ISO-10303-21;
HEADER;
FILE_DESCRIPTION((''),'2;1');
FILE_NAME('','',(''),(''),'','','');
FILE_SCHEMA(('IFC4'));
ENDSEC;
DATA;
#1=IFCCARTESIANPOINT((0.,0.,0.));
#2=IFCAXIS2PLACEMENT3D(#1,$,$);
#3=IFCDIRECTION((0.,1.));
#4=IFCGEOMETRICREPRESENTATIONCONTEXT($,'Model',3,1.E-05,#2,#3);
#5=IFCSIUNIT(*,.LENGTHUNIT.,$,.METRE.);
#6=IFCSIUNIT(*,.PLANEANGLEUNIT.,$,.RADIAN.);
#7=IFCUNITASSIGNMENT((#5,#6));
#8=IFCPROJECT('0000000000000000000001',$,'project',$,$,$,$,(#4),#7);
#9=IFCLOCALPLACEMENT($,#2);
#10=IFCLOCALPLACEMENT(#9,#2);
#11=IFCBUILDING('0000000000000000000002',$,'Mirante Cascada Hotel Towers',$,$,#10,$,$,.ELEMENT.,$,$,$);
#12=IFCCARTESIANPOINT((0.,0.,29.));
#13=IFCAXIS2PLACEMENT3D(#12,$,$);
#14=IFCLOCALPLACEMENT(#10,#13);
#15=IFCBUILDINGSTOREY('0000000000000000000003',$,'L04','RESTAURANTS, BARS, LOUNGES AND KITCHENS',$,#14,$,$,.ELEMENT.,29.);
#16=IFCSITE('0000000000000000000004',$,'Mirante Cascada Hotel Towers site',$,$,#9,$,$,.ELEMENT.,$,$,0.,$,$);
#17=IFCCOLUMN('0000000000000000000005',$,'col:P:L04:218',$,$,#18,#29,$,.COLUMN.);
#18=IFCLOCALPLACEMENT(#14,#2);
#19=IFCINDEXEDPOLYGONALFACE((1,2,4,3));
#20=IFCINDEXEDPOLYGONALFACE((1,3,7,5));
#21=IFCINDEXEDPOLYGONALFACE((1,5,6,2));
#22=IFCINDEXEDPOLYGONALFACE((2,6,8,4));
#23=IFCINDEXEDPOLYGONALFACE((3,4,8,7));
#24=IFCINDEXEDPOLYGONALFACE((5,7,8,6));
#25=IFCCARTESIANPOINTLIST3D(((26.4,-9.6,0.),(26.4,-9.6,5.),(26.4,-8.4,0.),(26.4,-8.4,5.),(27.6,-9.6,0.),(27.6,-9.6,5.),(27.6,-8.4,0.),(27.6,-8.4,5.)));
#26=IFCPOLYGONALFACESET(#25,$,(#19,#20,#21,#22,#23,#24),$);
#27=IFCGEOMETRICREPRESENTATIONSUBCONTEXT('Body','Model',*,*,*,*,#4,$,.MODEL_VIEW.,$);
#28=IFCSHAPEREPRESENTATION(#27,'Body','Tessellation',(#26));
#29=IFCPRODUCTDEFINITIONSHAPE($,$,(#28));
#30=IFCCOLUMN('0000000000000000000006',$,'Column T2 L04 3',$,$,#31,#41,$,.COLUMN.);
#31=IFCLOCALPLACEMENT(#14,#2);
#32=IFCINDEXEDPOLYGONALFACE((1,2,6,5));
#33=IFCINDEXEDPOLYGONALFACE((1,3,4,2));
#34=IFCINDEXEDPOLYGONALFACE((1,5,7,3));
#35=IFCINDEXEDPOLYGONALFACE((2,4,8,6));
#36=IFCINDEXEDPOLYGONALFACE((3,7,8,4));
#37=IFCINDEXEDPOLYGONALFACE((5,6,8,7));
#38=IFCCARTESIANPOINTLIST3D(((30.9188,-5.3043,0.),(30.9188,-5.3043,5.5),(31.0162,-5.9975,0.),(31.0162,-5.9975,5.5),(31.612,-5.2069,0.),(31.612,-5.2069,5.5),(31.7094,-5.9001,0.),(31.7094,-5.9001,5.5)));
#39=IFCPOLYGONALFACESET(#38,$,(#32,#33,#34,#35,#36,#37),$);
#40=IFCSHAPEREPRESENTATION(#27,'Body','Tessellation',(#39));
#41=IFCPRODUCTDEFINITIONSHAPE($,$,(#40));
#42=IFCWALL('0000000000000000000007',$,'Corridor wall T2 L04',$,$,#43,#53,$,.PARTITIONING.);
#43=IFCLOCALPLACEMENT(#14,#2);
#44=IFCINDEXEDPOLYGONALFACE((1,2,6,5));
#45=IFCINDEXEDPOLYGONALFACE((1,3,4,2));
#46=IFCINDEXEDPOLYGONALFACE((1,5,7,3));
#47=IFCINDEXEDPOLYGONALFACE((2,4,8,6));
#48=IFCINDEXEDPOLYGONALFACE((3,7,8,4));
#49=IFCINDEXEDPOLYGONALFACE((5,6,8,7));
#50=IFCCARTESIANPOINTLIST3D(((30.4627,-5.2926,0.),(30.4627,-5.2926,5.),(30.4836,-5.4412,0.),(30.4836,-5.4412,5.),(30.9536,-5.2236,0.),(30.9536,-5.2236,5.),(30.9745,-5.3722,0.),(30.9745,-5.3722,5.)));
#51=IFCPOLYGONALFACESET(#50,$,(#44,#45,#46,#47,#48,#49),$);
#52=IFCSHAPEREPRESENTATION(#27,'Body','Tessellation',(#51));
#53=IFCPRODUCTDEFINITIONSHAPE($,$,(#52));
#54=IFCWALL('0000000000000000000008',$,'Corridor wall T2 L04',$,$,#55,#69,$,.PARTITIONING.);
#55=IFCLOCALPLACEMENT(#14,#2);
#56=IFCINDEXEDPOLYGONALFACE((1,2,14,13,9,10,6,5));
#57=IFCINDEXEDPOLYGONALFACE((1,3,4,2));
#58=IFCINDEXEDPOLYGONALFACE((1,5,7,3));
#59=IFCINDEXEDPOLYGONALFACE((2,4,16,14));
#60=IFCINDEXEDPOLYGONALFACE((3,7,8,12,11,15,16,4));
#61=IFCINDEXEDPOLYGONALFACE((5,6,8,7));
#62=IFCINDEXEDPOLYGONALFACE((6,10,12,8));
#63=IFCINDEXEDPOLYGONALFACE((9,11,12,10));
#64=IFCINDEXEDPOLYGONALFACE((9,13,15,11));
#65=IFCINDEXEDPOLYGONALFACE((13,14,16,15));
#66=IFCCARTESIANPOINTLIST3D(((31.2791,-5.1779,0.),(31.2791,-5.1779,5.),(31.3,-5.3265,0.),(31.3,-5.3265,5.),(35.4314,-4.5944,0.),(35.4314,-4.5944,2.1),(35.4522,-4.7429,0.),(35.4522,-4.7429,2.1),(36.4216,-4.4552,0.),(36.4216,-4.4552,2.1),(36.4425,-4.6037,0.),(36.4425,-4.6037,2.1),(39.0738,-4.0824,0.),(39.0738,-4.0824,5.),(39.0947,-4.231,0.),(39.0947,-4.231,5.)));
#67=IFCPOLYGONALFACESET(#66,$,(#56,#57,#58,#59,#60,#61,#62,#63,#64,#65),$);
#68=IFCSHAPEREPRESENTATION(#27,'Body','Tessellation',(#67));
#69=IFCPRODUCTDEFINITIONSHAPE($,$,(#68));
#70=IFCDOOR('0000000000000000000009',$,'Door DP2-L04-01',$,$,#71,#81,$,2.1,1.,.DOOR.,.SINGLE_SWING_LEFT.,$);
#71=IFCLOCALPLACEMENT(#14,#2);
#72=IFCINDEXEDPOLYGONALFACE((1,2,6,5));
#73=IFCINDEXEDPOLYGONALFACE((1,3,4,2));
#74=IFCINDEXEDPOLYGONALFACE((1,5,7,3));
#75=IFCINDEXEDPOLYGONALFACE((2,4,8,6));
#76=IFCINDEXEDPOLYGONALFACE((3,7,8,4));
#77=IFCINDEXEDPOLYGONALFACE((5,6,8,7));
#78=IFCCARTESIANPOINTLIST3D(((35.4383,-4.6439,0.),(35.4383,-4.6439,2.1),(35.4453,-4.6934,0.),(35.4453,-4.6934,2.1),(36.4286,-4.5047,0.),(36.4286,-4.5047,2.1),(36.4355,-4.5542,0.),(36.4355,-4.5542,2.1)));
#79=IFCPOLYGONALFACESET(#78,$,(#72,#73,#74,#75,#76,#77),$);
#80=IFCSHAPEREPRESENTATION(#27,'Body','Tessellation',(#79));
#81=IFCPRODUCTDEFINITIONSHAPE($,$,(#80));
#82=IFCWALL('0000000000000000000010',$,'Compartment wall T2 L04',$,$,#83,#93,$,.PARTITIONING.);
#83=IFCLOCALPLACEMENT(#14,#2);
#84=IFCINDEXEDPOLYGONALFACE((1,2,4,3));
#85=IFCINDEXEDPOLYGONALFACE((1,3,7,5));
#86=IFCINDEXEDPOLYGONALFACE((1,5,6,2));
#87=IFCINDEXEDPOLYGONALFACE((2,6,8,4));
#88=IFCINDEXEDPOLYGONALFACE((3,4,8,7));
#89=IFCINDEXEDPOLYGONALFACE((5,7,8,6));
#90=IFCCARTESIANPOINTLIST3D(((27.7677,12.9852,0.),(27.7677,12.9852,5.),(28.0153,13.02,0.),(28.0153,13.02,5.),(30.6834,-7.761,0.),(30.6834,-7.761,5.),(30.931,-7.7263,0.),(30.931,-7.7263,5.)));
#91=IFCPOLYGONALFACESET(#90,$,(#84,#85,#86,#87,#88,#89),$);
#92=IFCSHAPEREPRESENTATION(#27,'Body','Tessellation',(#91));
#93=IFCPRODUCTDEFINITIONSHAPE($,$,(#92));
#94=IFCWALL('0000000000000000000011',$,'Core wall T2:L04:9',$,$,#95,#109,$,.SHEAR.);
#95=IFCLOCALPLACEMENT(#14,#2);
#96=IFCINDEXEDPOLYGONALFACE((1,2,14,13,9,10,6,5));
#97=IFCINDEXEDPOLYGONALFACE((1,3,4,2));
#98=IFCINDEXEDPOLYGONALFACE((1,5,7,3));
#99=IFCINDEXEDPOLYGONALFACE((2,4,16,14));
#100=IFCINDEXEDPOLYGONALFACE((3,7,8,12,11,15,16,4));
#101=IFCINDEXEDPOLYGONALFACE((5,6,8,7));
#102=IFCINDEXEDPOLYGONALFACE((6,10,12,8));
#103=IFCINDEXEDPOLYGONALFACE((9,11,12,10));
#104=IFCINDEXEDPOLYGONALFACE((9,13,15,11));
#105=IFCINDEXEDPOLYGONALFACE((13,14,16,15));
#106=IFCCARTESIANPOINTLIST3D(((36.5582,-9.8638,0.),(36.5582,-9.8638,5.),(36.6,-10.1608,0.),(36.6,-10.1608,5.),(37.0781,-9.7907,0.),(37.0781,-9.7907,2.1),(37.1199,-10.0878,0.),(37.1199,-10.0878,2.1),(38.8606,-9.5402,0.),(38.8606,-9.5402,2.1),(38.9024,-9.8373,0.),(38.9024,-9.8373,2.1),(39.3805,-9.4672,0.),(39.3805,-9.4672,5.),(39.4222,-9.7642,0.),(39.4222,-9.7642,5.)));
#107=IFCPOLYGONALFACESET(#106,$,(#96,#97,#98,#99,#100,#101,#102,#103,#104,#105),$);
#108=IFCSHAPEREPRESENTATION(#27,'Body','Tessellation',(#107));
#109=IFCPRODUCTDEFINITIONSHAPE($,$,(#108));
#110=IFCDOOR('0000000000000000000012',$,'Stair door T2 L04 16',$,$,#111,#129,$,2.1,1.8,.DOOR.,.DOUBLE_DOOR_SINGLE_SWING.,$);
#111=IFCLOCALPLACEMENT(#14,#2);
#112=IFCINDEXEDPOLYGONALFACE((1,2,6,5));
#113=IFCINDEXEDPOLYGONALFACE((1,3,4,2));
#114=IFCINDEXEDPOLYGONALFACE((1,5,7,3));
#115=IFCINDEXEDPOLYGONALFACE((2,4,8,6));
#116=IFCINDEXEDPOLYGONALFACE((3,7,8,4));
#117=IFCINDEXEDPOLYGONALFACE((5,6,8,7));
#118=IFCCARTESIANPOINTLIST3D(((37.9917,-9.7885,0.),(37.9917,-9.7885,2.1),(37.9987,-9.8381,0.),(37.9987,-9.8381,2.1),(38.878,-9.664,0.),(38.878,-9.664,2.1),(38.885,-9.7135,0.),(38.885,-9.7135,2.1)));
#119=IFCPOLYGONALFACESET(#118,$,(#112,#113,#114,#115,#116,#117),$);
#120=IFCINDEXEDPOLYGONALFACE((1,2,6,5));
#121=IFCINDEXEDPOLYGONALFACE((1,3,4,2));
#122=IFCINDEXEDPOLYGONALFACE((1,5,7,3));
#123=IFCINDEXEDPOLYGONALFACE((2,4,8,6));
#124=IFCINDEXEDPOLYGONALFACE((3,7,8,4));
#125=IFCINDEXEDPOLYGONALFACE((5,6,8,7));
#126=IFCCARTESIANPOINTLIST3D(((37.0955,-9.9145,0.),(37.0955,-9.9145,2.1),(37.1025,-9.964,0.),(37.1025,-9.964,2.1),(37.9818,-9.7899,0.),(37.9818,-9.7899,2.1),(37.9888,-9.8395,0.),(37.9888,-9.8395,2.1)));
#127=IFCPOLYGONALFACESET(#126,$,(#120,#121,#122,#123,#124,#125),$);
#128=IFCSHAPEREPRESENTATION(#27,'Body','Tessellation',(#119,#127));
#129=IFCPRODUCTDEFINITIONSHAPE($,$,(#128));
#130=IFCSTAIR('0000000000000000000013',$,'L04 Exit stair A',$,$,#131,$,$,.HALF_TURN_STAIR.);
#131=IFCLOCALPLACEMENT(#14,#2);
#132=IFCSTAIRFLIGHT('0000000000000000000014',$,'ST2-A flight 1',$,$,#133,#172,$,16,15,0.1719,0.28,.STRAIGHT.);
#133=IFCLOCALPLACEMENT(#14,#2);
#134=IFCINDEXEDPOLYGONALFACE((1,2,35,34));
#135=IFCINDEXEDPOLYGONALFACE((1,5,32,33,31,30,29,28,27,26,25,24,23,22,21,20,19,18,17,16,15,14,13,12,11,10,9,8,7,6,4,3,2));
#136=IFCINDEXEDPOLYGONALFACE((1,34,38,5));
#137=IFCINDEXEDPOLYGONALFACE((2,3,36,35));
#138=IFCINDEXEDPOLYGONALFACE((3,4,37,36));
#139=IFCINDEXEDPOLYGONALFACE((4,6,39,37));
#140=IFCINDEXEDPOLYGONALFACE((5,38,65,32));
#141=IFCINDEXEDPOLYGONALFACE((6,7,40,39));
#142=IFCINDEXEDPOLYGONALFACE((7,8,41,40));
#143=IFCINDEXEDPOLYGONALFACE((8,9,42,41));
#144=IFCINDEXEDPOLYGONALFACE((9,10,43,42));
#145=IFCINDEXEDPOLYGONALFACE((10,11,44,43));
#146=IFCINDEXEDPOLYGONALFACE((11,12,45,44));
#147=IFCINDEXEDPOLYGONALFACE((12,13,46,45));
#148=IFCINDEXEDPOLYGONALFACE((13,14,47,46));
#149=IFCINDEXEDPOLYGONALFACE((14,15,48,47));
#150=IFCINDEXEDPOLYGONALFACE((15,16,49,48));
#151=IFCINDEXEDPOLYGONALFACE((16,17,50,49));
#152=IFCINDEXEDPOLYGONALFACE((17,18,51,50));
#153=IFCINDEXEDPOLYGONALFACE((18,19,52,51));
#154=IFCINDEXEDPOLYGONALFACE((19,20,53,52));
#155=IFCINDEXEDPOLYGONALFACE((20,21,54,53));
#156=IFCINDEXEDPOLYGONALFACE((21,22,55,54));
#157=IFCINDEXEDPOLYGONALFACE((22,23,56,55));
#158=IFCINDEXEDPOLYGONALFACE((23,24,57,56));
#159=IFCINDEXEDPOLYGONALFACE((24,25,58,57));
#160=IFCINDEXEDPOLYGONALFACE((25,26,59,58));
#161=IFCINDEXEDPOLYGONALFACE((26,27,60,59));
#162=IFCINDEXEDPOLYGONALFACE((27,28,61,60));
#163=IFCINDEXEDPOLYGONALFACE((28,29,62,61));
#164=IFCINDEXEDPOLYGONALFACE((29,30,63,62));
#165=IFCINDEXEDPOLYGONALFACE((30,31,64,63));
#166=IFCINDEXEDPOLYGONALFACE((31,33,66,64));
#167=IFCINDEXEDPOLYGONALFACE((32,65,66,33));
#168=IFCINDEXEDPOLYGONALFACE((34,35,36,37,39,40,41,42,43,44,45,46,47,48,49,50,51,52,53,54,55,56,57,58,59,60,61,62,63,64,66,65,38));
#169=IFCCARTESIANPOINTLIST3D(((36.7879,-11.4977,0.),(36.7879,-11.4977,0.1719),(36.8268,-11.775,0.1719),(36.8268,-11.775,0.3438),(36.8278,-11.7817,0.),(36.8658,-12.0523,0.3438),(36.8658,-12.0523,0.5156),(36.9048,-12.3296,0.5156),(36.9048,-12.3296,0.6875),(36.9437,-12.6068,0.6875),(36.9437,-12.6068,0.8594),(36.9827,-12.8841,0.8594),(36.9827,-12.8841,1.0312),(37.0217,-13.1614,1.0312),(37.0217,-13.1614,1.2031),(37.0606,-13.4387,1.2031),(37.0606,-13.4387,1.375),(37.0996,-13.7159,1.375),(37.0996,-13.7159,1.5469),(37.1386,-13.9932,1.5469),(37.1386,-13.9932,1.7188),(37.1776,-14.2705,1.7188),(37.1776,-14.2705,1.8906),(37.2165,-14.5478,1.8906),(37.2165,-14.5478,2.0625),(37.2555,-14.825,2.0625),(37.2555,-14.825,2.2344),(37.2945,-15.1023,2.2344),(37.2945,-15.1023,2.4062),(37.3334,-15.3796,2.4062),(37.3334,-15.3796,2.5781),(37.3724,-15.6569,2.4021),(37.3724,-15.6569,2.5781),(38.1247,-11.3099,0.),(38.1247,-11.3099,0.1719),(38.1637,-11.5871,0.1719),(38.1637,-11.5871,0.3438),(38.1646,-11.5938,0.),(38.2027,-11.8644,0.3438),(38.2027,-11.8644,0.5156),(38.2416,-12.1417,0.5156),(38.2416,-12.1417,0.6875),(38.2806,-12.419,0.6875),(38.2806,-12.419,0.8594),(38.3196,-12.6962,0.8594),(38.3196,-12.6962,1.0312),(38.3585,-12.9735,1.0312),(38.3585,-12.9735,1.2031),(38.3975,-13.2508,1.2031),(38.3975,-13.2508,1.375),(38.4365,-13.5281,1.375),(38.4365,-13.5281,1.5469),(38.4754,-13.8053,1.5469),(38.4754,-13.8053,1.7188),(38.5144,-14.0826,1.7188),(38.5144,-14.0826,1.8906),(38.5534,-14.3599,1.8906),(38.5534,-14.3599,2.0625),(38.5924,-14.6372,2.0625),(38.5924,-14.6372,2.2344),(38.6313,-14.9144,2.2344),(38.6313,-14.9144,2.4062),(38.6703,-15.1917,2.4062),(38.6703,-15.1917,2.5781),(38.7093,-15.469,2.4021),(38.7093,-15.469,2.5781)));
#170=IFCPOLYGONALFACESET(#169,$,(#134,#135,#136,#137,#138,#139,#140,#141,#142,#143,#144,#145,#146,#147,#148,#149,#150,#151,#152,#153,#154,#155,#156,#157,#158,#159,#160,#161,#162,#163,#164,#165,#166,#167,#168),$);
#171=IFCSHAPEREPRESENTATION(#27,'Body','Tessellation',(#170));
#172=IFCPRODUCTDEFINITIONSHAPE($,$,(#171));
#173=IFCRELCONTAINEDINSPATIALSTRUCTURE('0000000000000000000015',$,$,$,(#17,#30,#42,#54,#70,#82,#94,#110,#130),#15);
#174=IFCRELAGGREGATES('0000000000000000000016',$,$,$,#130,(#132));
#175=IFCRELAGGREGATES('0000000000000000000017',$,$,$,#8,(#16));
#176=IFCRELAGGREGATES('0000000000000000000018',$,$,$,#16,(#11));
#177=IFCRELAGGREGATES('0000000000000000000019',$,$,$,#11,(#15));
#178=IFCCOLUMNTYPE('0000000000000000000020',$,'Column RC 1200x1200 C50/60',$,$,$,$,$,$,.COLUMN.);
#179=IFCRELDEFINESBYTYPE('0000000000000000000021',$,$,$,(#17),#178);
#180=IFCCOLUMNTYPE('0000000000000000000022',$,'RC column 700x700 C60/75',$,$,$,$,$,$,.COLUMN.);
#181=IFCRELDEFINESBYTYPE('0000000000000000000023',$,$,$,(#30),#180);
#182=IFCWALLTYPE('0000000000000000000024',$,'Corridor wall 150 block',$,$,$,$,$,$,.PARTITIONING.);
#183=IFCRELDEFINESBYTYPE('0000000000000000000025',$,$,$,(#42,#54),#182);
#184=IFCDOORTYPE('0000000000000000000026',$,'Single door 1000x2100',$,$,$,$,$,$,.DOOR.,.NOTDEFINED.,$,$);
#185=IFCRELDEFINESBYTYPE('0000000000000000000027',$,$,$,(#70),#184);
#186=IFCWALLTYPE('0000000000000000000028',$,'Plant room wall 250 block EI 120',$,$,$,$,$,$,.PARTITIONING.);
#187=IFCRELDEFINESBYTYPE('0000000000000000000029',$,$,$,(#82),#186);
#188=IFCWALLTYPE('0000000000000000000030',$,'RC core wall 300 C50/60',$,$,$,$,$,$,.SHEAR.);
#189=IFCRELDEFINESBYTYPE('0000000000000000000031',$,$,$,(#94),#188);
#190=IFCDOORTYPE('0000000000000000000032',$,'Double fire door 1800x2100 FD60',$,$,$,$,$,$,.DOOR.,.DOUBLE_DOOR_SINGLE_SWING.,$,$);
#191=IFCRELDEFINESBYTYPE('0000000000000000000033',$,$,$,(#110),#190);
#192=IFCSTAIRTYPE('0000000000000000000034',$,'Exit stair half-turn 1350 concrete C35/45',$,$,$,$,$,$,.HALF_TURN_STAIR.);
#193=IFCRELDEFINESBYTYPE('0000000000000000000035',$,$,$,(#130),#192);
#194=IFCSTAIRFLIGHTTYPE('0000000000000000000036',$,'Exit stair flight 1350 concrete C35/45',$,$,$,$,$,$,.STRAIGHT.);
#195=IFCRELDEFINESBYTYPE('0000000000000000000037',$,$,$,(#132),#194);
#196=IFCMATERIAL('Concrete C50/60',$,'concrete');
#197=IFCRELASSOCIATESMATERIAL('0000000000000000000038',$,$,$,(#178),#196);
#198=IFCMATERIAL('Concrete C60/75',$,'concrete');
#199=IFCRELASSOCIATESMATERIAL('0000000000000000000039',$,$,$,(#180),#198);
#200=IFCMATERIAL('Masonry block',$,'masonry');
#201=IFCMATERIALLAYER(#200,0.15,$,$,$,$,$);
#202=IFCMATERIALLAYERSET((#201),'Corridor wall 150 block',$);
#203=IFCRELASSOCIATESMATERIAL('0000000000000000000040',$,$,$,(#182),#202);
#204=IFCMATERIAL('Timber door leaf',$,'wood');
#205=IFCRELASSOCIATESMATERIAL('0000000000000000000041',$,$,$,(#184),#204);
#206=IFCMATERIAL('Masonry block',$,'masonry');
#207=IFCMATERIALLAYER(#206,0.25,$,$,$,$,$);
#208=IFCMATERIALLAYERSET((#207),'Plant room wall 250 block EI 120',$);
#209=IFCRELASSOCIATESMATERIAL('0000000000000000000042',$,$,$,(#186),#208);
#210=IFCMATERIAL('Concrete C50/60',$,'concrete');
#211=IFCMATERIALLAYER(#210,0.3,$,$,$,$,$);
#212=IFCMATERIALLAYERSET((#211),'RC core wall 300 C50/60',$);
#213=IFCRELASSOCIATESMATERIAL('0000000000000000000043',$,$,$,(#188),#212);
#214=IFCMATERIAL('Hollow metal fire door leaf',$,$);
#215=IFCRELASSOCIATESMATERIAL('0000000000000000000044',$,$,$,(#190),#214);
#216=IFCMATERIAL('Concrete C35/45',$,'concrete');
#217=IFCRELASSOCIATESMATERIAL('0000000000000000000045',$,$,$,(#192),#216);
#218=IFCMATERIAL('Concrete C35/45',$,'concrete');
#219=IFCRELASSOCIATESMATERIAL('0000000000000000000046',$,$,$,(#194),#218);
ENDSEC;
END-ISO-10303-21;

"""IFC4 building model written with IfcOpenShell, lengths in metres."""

from ifc_helpers import new_model, si_unit, direction, frame, frame_2d, origin, origin_2d, place, context, subcontext, project, spatial, polyline, rectangle, outline, extrude, material, layer, layer_set, material_profile, profile_set, type_object, element, fill, aggregate, save


model = new_model("IFC4")

# Units and contexts
model_context = context("Model", 3, precision=1e-05, world=origin(), true_north=direction((0.0, 1.0)))
body_context = subcontext(model_context, "Body", "Model", "MODEL_VIEW")
ifc_project = project(units=[si_unit("LENGTHUNIT", "METRE"), si_unit("PLANEANGLEUNIT", "RADIAN")], contexts=[model_context])

# Site, building, storey
site_placement = place(None, origin())
site = spatial("IfcSite", under=ifc_project, at=site_placement, Name="Mirante Cascada Hotel Towers site", CompositionType="ELEMENT", RefElevation=0.0)
building_placement = place(site_placement, origin())
building = spatial("IfcBuilding", under=site, at=building_placement, Name="Mirante Cascada Hotel Towers", CompositionType="ELEMENT")
storey_placement = place(building_placement, frame((0.0, 0.0, 29.0)))
storey = spatial("IfcBuildingStorey", under=building, at=storey_placement, Name="L04", Description="RESTAURANTS, BARS, LOUNGES AND KITCHENS", CompositionType="ELEMENT", Elevation=29.0)

# Columns
ifc_material_1 = material(Name="Concrete C50/60", Category="concrete")
ifc_material_profile_1 = material_profile(ifc_material_1, rectangle(XDim=1.2, YDim=1.2, at=origin_2d()), Name="RC 1200x1200")
ifc_profile_set_1 = profile_set([ifc_material_profile_1], Name="Concrete C50/60")
column_type_1 = type_object("IfcColumnType", Name="Column RC 1200x1200 C50/60", PredefinedType="COLUMN", material=ifc_profile_set_1)
column_1_placement = place(storey_placement, frame((27.0, -9.0, 0.0), z_axis=(0.0, 0.0, 1.0), x_axis=(1.0, 0.0, 0.0)))
element("IfcColumn", 1, at=column_1_placement, inside=storey, type_object=column_type_1, Name="col:P:L04:218", PredefinedType="COLUMN", context=body_context, shape_type="SweptSolid", body=[
    extrude(rectangle(XDim=1.2, YDim=1.2, at=origin_2d()), origin(), (0.0, 0.0, 1.0), 5.0),
])
ifc_material_2 = material(Name="Concrete C60/75", Category="concrete")
ifc_material_profile_2 = material_profile(ifc_material_2, rectangle(XDim=0.7, YDim=0.7, at=origin_2d()), Name="RC column 700x700 C60/75")
ifc_profile_set_2 = profile_set([ifc_material_profile_2], Name="Concrete C60/75")
column_type_2 = type_object("IfcColumnType", Name="RC column 700x700 C60/75", PredefinedType="COLUMN", material=ifc_profile_set_2)
column_2_placement = place(storey_placement, frame((31.3141, -5.6022, 0.0), z_axis=(0.0, 0.0, 1.0), x_axis=(0.990268, 0.139173, 0.0)))
element("IfcColumn", 2, at=column_2_placement, inside=storey, type_object=column_type_2, Name="Column T2 L04 3", PredefinedType="COLUMN", context=body_context, shape_type="SweptSolid", body=[
    extrude(rectangle(XDim=0.7, YDim=0.7, at=origin_2d()), origin(), (0.0, 0.0, 1.0), 5.5),
])

# Wall
ifc_material_3 = material(Name="Masonry block", Category="masonry")
ifc_layer_1 = layer(ifc_material_3, 0.15)
ifc_layer_set_1 = layer_set([ifc_layer_1], Name="Corridor wall 150 block")
wall_type_1 = type_object("IfcWallType", Name="Corridor wall 150 block", PredefinedType="PARTITIONING", material=ifc_layer_set_1)
wall_1_placement = place(storey_placement, frame((30.4732, -5.3669, 0.0), z_axis=(0.0, 0.0, 1.0), x_axis=(0.990266, 0.13919, 0.0)))
element("IfcWall", 3, at=wall_1_placement, inside=storey, type_object=wall_type_1, Name="Corridor wall T2 L04", PredefinedType="PARTITIONING", context=body_context, shape_type="SweptSolid", body=[
    extrude(rectangle(XDim=0.4957, YDim=0.15, at=frame_2d((0.2478, 0.0))), origin(), (0.0, 0.0, 1.0), 5.0),
])

# Wall, opening, door
wall_2_placement = place(storey_placement, frame((31.2896, -5.2522, 0.0), z_axis=(0.0, 0.0, 1.0), x_axis=(0.990268, 0.139176, 0.0)))
wall_2 = element("IfcWall", 4, at=wall_2_placement, inside=storey, type_object=wall_type_1, Name="Corridor wall T2 L04", PredefinedType="PARTITIONING", context=body_context, shape_type="SweptSolid", body=[
    extrude(rectangle(XDim=7.8713, YDim=0.15, at=frame_2d((3.9356, 0.0))), origin(), (0.0, 0.0, 1.0), 5.0),
])
opening_1_placement = place(wall_2_placement, frame((4.193, 0.0, 0.0)))
opening_1 = element("IfcOpeningElement", 5, at=opening_1_placement, cuts=wall_2, PredefinedType="OPENING", context=body_context, shape_type="SweptSolid", body=[
    extrude(rectangle(XDim=1.0, YDim=2.1, at=frame_2d((0.5, 1.05))), frame((0.0, 0.075, 0.0), z_axis=(0.0, -1.0, 0.0), x_axis=(1.0, 0.0, 0.0)), (0.0, 0.0, 1.0), 0.15),
])
ifc_material_4 = material(Name="Timber door leaf", Category="wood")
door_type_1 = type_object("IfcDoorType", Name="Single door 1000x2100", OperationType="NOTDEFINED", PredefinedType="DOOR", material=ifc_material_4)
door_1_placement = place(opening_1_placement, frame((1.0, 0.0, 0.0), z_axis=(0.0, 0.0, 1.0), x_axis=(-1.0, 0.0, 0.0)))
door_1 = element("IfcDoor", 6, at=door_1_placement, inside=storey, type_object=door_type_1, Name="Door DP2-L04-01", OperationType="SINGLE_SWING_LEFT", OverallHeight=2.1, OverallWidth=1.0, PredefinedType="DOOR", context=body_context, shape_type="SweptSolid", body=[
    extrude(rectangle(XDim=1.0, YDim=2.1, at=frame_2d((0.5, 1.05))), frame((0.0, 0.025, 0.0), z_axis=(0.0, -1.0, 0.0), x_axis=(1.0, 0.0, 0.0)), (0.0, 0.0, 1.0), 0.05),
])
fill(opening_1, door_1)

# Wall
ifc_material_5 = material(Name="Masonry block", Category="masonry")
ifc_layer_2 = layer(ifc_material_5, 0.25)
ifc_layer_set_2 = layer_set([ifc_layer_2], Name="Plant room wall 250 block EI 120")
wall_type_2 = type_object("IfcWallType", Name="Plant room wall 250 block EI 120", PredefinedType="PARTITIONING", material=ifc_layer_set_2)
wall_3_placement = place(storey_placement, frame((30.8072, -7.7436, 0.0), z_axis=(0.0, 0.0, 1.0), x_axis=(-0.139174, 0.990268, 0.0)))
element("IfcWall", 7, at=wall_3_placement, inside=storey, type_object=wall_type_2, Name="Compartment wall T2 L04", PredefinedType="PARTITIONING", context=body_context, shape_type="SweptSolid", body=[
    extrude(rectangle(XDim=20.9501, YDim=0.25, at=frame_2d((10.475, 0.0))), origin(), (0.0, 0.0, 1.0), 5.0),
])

# Wall, opening, door
ifc_material_6 = material(Name="Concrete C50/60", Category="concrete")
ifc_layer_3 = layer(ifc_material_6, 0.3)
ifc_layer_set_3 = layer_set([ifc_layer_3], Name="RC core wall 300 C50/60")
wall_type_3 = type_object("IfcWallType", Name="RC core wall 300 C50/60", PredefinedType="SHEAR", material=ifc_layer_set_3)
wall_4_placement = place(storey_placement, frame((36.5791, -10.0123, 0.0), z_axis=(0.0, 0.0, 1.0), x_axis=(0.99027, 0.139156, 0.0)))
wall_4 = element("IfcWall", 8, at=wall_4_placement, inside=storey, type_object=wall_type_3, Name="Core wall T2:L04:9", PredefinedType="SHEAR", context=body_context, shape_type="SweptSolid", body=[
    extrude(rectangle(XDim=2.85, YDim=0.3, at=frame_2d((1.425, 0.0))), origin(), (0.0, 0.0, 1.0), 5.0),
])
opening_2_placement = place(wall_4_placement, frame((0.525, 0.0, 0.0)))
opening_2 = element("IfcOpeningElement", 9, at=opening_2_placement, cuts=wall_4, PredefinedType="OPENING", context=body_context, shape_type="SweptSolid", body=[
    extrude(rectangle(XDim=1.8, YDim=2.1, at=frame_2d((0.9, 1.05))), frame((0.0, 0.15, 0.0), z_axis=(0.0, -1.0, 0.0), x_axis=(1.0, 0.0, 0.0)), (0.0, 0.0, 1.0), 0.3),
])
ifc_material_7 = material(Name="Hollow metal fire door leaf")
door_type_2 = type_object("IfcDoorType", Name="Double fire door 1800x2100 FD60", OperationType="DOUBLE_DOOR_SINGLE_SWING", PredefinedType="DOOR", material=ifc_material_7)
door_2_placement = place(opening_2_placement, frame((1.8, 0.0, 0.0), z_axis=(0.0, 0.0, 1.0), x_axis=(-1.0, 0.0, 0.0)))
door_2 = element("IfcDoor", 10, at=door_2_placement, inside=storey, type_object=door_type_2, Name="Stair door T2 L04 16", OperationType="DOUBLE_DOOR_SINGLE_SWING", OverallHeight=2.1, OverallWidth=1.8, PredefinedType="DOOR", context=body_context, shape_type="SweptSolid", body=[
    extrude(rectangle(XDim=0.895, YDim=2.1, at=frame_2d((0.4475, 1.05))), frame((0.0, 0.025, 0.0), z_axis=(0.0, -1.0, 0.0), x_axis=(1.0, 0.0, 0.0)), (0.0, 0.0, 1.0), 0.05),
    extrude(rectangle(XDim=0.895, YDim=2.1, at=frame_2d((1.3525, 1.05))), frame((0.0, 0.025, 0.0), z_axis=(0.0, -1.0, 0.0), x_axis=(1.0, 0.0, 0.0)), (0.0, 0.0, 1.0), 0.05),
])
fill(opening_2, door_2)

# Stair, stair flight
ifc_material_8 = material(Name="Concrete C35/45", Category="concrete")
stair_type = type_object("IfcStairType", Name="Exit stair half-turn 1350 concrete C35/45", PredefinedType="HALF_TURN_STAIR", material=ifc_material_8)
stair_placement = place(storey_placement, origin())
stair = element("IfcStair", 11, at=stair_placement, inside=storey, type_object=stair_type, Name="L04 Exit stair A", PredefinedType="HALF_TURN_STAIR")
ifc_material_9 = material(Name="Concrete C35/45", Category="concrete")
stair_flight_type = type_object("IfcStairFlightType", Name="Exit stair flight 1350 concrete C35/45", PredefinedType="STRAIGHT", material=ifc_material_9)
stair_flight_placement = place(storey_placement, frame((37.4563, -11.4038, 0.0), z_axis=(0.0, 0.0, 1.0), x_axis=(0.139173, -0.990268, 0.0)))
stair_flight = element("IfcStairFlight", 12, at=stair_flight_placement, type_object=stair_flight_type, Name="ST2-A flight 1", NumberOfRisers=16, NumberOfTreads=15, PredefinedType="STRAIGHT", RiserHeight=0.1719, TreadLength=0.28, context=body_context, shape_type="SweptSolid", body=[
    extrude(outline(polyline([(0.0, 0.0), (0.0, 0.1719), (0.28, 0.1719), (0.28, 0.3438), (0.56, 0.3438), (0.56, 0.5156), (0.84, 0.5156), (0.84, 0.6875), (1.12, 0.6875), (1.12, 0.8594), (1.4, 0.8594), (1.4, 1.0312), (1.68, 1.0312), (1.68, 1.2031), (1.96, 1.2031), (1.96, 1.375), (2.24, 1.375), (2.24, 1.5469), (2.52, 1.5469), (2.52, 1.7188), (2.8, 1.7188), (2.8, 1.8906), (3.08, 1.8906), (3.08, 2.0625), (3.36, 2.0625), (3.36, 2.2344), (3.64, 2.2344), (3.64, 2.4062), (3.92, 2.4062), (3.92, 2.5781), (4.2, 2.5781), (4.2, 2.75), (4.2, 2.4021), (0.2867, 0.0), (0.0, 0.0)])), frame((0.0, 0.675, 0.0), z_axis=(0.0, -1.0, 0.0), x_axis=(1.0, 0.0, 0.0)), (0.0, 0.0, 1.0), 1.35),
])
aggregate(stair, [stair_flight])

save(model, "model.ifc")
